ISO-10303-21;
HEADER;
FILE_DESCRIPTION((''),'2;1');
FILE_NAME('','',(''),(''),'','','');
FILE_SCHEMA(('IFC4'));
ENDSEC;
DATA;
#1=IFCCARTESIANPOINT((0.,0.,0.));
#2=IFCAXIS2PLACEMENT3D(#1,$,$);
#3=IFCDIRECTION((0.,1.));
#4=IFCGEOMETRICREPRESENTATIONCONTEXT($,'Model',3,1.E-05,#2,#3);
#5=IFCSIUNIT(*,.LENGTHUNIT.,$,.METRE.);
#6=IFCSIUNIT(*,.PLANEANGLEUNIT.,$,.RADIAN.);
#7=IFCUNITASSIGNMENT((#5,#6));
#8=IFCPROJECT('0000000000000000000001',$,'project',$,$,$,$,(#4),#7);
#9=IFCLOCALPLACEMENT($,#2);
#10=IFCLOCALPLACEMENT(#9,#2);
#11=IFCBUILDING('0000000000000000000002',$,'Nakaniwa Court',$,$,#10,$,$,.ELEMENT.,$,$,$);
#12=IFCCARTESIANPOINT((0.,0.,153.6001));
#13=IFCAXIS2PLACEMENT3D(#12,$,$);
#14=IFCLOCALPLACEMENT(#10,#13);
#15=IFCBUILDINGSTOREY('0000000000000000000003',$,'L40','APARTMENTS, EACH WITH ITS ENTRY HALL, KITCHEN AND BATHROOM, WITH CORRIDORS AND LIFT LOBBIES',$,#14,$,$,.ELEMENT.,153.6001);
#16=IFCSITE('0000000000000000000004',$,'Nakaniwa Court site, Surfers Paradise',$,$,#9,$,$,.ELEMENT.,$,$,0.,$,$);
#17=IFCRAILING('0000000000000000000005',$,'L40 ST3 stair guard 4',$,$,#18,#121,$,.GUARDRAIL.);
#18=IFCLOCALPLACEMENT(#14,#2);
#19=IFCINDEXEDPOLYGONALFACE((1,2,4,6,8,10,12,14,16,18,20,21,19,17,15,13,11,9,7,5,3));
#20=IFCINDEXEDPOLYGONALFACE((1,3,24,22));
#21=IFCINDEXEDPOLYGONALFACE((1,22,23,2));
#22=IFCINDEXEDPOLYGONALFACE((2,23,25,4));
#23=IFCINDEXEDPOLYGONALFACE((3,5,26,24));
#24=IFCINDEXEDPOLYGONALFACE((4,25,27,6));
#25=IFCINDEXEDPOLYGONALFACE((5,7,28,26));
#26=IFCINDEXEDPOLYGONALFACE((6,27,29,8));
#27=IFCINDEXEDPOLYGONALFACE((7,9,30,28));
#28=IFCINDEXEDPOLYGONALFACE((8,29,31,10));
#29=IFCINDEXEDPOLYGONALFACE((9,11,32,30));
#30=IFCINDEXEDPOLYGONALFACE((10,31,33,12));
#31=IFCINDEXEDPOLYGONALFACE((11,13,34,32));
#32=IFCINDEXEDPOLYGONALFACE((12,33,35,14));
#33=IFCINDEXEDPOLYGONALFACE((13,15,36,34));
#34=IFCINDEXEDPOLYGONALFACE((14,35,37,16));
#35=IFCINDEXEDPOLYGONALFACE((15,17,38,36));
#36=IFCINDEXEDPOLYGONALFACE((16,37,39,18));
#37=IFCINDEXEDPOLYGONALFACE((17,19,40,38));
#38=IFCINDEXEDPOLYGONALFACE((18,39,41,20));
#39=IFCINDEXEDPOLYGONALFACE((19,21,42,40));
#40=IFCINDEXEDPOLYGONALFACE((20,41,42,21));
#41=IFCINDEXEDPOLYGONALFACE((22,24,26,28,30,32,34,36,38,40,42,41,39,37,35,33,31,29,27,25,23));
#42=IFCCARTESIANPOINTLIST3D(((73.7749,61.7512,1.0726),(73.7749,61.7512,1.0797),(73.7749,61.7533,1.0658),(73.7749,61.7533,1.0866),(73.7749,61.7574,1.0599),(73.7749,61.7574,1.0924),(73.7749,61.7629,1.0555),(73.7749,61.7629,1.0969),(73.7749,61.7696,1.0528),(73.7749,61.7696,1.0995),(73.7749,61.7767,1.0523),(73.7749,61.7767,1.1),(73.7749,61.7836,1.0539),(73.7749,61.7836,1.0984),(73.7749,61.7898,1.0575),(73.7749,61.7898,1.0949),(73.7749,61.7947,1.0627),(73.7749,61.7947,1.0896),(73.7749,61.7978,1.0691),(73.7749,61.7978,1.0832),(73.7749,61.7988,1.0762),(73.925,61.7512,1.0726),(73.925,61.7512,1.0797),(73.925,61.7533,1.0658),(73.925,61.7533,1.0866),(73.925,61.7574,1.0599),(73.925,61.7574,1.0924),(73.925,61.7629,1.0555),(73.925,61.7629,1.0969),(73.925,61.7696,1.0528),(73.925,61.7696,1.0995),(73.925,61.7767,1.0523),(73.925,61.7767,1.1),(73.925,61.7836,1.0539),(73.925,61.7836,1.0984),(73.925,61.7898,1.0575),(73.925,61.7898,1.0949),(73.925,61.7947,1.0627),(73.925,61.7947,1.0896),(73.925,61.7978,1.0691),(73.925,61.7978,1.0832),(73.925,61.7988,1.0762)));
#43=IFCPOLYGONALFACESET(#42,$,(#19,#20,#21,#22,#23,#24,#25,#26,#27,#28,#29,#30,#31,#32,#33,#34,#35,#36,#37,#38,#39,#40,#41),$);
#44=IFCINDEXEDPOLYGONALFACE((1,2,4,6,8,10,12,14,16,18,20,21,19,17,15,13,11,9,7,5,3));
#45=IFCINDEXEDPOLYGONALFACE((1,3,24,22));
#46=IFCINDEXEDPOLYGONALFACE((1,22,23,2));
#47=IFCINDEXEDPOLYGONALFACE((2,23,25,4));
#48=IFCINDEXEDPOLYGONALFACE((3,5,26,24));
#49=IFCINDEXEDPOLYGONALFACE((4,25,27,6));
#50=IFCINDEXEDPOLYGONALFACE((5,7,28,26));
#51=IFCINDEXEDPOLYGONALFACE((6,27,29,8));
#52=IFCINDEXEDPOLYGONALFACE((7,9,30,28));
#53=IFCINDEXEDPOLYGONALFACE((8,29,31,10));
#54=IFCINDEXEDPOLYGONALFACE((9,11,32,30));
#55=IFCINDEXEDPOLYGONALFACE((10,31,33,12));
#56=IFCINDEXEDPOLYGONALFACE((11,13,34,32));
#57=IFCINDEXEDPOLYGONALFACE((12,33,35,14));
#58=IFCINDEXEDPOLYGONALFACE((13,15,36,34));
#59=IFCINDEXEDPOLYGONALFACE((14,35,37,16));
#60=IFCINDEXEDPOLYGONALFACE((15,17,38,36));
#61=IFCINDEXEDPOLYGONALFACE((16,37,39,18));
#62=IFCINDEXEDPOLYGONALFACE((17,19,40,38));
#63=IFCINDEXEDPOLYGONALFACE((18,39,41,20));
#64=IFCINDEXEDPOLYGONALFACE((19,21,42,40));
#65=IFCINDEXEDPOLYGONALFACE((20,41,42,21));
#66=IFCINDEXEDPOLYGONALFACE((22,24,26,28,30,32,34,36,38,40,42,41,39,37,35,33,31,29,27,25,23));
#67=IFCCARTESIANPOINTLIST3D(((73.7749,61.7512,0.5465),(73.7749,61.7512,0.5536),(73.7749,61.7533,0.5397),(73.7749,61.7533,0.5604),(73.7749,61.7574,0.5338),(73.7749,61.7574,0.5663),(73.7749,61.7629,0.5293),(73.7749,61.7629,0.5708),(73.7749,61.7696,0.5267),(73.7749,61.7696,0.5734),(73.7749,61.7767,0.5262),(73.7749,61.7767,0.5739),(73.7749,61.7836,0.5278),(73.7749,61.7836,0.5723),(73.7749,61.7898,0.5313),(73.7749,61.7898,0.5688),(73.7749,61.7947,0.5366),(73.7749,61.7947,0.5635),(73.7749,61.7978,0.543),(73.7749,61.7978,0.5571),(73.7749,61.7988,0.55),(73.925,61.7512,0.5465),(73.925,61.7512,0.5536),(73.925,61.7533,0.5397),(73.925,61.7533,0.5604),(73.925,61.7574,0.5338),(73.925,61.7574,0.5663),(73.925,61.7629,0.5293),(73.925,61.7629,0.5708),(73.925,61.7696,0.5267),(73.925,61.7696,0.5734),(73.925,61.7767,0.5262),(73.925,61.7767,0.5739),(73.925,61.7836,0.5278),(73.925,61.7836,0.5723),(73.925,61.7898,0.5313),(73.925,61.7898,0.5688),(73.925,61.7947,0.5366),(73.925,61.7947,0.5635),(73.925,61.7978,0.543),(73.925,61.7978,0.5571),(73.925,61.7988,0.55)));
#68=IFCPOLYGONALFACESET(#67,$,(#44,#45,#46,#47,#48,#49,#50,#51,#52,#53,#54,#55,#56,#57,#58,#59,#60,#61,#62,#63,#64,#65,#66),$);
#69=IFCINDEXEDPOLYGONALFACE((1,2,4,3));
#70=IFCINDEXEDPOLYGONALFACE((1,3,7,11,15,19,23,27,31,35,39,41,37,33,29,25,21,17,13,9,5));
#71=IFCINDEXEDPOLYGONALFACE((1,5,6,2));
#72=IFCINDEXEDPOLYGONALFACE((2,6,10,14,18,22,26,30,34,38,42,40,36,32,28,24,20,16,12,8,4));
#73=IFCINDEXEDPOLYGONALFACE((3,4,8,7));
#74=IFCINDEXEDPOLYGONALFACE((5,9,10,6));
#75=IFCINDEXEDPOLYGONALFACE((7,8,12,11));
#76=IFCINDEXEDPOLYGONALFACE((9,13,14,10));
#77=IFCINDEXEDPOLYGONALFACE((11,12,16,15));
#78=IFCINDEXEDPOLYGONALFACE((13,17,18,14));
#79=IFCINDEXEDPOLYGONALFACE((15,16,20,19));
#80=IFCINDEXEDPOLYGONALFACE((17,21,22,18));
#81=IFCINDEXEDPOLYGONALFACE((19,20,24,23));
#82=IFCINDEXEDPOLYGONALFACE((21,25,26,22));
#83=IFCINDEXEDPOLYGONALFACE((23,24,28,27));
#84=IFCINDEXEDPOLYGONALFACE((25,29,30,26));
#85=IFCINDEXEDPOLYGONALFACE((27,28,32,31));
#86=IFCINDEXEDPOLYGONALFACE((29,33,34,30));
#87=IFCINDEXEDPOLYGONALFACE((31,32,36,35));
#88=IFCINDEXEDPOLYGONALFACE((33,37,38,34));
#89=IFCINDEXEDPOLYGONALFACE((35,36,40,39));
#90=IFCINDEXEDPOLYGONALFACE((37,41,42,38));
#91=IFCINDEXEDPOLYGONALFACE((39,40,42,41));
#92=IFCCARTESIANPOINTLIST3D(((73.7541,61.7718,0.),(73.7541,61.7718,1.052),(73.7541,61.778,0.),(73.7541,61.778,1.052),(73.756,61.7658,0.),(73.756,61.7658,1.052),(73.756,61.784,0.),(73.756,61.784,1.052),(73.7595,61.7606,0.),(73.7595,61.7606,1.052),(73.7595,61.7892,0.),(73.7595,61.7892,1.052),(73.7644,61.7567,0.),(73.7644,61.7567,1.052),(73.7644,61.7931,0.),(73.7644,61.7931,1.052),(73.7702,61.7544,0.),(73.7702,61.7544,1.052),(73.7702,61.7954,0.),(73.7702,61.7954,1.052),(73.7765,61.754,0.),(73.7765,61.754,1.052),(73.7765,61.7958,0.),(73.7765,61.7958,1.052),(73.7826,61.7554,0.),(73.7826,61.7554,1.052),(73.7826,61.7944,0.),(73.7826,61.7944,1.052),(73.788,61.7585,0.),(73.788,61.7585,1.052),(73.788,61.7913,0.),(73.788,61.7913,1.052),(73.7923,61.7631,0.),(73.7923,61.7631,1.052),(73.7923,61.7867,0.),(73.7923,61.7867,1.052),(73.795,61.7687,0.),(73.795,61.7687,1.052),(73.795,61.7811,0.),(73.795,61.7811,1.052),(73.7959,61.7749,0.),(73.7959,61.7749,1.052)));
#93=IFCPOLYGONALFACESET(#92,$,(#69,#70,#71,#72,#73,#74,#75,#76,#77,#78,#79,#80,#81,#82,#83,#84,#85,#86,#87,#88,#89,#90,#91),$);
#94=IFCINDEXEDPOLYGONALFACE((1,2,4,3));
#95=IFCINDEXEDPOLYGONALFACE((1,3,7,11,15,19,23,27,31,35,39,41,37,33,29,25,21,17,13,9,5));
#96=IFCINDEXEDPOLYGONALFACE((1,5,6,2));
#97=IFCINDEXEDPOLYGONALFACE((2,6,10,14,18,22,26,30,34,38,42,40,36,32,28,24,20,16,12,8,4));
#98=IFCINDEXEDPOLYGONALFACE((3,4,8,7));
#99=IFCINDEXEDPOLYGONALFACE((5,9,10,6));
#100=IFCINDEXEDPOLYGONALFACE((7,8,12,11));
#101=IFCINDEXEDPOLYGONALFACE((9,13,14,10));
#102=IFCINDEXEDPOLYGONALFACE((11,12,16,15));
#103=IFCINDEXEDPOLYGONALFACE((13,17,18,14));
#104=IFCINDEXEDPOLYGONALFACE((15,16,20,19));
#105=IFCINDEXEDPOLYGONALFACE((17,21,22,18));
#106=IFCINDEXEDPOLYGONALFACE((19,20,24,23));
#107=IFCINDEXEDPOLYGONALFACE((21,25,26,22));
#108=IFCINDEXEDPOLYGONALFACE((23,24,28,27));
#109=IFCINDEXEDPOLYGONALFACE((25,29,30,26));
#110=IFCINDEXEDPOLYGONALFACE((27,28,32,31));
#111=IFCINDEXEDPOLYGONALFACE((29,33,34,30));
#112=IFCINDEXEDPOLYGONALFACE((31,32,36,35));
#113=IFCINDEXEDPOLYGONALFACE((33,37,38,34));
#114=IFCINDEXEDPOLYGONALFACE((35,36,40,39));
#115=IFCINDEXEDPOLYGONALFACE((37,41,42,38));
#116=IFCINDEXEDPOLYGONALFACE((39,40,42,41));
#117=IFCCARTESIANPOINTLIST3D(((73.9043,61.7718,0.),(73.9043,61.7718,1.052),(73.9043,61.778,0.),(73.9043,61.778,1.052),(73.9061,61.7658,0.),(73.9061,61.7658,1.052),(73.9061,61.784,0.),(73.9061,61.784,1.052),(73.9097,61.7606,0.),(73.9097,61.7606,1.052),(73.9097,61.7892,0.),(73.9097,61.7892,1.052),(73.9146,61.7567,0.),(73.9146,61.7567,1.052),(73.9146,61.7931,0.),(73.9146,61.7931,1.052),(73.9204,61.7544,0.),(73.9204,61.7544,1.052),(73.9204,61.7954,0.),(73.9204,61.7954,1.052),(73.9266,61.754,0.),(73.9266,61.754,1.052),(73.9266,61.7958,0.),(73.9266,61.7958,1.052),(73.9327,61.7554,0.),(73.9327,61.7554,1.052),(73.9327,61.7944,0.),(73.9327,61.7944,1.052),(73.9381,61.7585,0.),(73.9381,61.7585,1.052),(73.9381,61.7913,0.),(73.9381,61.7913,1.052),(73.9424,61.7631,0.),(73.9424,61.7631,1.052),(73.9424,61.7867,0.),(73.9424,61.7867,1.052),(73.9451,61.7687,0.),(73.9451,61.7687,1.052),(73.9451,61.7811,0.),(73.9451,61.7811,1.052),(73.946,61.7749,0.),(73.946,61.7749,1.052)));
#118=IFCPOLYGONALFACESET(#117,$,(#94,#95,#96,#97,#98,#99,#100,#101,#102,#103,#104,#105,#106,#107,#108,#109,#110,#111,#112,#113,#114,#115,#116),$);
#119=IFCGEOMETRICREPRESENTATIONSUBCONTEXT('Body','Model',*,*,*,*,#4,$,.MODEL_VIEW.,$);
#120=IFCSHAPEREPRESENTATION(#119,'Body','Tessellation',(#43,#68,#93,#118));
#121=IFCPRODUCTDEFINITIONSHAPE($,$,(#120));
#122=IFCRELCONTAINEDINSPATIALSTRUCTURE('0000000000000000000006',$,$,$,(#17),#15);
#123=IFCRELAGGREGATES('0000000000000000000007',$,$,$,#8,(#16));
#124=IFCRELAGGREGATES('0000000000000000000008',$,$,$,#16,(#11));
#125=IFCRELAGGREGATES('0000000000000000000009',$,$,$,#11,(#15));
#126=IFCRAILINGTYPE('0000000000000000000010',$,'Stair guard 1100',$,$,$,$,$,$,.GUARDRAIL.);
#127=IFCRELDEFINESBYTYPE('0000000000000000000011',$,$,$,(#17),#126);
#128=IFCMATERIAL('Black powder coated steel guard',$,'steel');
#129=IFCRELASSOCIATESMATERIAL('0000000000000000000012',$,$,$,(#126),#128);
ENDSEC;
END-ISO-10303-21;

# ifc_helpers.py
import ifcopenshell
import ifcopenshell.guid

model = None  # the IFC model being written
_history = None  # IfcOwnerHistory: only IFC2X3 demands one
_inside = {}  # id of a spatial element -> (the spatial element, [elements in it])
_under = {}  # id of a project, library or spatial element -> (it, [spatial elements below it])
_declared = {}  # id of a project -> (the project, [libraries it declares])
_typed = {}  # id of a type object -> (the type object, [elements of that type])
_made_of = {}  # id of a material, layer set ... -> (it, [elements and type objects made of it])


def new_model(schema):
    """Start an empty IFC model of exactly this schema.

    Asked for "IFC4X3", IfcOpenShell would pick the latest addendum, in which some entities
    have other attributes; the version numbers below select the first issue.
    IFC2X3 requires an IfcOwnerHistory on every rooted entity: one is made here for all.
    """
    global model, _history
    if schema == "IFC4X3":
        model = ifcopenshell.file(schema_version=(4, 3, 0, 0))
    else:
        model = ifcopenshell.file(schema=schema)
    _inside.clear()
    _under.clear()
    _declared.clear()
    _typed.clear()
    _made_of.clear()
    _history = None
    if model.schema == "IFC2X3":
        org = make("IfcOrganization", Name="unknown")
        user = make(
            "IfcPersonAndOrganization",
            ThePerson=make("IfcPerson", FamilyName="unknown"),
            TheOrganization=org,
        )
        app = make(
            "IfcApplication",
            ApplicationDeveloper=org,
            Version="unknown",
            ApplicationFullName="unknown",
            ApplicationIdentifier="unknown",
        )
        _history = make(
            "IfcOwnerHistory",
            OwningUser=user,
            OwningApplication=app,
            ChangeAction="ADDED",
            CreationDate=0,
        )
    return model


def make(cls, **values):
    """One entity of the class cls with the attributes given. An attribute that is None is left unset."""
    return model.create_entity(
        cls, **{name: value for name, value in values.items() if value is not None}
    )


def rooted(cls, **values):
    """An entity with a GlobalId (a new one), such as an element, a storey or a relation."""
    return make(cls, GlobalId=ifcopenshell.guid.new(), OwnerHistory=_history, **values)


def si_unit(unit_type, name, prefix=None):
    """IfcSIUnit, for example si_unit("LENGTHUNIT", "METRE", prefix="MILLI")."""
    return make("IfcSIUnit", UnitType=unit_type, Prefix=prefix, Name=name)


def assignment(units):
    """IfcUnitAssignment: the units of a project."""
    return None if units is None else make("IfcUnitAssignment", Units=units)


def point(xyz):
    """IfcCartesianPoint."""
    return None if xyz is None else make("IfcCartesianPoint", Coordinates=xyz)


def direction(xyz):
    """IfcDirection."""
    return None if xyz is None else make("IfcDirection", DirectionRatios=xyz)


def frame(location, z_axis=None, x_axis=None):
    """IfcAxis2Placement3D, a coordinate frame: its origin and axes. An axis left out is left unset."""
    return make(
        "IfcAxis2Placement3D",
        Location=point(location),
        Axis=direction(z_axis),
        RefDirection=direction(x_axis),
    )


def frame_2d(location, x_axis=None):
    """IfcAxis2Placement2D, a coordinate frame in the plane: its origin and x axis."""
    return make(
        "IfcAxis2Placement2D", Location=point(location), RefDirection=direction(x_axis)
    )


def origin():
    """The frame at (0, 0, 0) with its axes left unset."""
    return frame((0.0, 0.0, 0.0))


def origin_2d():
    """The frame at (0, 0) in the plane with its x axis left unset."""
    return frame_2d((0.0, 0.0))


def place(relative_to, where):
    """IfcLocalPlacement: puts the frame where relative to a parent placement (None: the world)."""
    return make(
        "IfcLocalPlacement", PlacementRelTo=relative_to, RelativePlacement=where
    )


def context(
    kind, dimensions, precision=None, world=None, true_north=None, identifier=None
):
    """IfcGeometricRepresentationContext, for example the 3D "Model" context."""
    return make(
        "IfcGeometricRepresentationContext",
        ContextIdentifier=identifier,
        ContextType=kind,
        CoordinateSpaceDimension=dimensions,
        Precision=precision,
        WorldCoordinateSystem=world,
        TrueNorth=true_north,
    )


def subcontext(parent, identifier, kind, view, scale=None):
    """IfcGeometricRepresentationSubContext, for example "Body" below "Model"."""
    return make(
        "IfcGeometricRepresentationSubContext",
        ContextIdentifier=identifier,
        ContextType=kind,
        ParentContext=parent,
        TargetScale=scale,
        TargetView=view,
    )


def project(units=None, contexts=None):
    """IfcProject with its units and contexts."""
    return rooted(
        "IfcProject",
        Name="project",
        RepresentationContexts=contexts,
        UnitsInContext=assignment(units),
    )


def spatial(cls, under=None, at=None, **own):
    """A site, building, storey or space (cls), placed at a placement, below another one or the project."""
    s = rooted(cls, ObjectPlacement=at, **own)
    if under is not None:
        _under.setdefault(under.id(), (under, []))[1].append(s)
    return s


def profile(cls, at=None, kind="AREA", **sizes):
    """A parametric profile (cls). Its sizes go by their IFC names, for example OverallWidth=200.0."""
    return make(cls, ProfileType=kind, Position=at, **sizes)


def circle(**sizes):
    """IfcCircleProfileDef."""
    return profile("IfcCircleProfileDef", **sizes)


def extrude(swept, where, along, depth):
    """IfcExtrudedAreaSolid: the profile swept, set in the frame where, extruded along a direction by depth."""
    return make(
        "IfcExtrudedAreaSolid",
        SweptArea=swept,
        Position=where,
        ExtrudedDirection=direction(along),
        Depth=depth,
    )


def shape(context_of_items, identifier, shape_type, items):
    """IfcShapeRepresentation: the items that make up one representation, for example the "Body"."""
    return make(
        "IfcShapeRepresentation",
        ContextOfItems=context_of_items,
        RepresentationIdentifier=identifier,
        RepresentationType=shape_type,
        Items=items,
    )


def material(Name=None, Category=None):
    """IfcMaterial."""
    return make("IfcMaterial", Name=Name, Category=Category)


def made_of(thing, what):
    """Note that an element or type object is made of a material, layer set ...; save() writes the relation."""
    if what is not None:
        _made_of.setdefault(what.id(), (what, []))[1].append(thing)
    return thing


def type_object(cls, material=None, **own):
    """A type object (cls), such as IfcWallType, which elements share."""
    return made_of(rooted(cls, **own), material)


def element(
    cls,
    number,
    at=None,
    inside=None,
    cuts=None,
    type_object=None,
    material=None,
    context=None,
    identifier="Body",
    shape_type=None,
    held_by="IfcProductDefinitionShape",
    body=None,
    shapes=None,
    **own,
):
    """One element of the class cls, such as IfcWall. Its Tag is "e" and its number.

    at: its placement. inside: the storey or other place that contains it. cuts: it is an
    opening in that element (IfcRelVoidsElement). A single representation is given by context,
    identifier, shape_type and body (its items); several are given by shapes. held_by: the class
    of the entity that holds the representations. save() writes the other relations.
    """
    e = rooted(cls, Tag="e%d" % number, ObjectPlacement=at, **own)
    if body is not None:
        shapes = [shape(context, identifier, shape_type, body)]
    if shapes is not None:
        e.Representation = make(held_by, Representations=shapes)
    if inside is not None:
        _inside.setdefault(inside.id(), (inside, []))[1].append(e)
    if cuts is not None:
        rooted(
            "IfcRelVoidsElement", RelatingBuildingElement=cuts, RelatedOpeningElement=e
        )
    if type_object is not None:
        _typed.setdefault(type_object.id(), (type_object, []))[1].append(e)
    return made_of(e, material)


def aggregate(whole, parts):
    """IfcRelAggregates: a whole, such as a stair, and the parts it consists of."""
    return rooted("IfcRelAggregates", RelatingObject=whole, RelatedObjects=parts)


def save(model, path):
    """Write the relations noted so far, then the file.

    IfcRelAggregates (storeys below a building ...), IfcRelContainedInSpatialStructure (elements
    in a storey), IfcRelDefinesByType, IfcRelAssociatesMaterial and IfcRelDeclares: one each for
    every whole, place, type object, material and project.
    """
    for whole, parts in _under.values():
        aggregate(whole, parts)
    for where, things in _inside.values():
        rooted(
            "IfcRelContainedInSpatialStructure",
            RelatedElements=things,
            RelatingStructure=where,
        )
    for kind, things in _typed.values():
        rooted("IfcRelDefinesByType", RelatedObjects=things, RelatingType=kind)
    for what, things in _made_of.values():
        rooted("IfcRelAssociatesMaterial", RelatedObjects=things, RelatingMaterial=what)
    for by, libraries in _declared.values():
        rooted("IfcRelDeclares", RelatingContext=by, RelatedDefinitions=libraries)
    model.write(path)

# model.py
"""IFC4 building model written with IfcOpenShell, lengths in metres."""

from ifc_helpers import new_model, si_unit, direction, frame, origin, origin_2d, place, context, subcontext, project, spatial, circle, extrude, material, type_object, element, save


model = new_model("IFC4")

# Units and contexts
model_context = context("Model", 3, precision=1e-05, world=origin(), true_north=direction((0.0, 1.0)))
body_context = subcontext(model_context, "Body", "Model", "MODEL_VIEW")
ifc_project = project(units=[si_unit("LENGTHUNIT", "METRE"), si_unit("PLANEANGLEUNIT", "RADIAN")], contexts=[model_context])

# Site, building, storey
site_placement = place(None, origin())
site = spatial("IfcSite", under=ifc_project, at=site_placement, Name="Nakaniwa Court site, Surfers Paradise", CompositionType="ELEMENT", RefElevation=0.0)
building_placement = place(site_placement, origin())
building = spatial("IfcBuilding", under=site, at=building_placement, Name="Nakaniwa Court", CompositionType="ELEMENT")
storey_placement = place(building_placement, frame((0.0, 0.0, 153.6001)))
storey = spatial("IfcBuildingStorey", under=building, at=storey_placement, Name="L40", Description="APARTMENTS, EACH WITH ITS ENTRY HALL, KITCHEN AND BATHROOM, WITH CORRIDORS AND LIFT LOBBIES", CompositionType="ELEMENT", Elevation=153.6001)

# Railing
ifc_material_1 = material(Name="Black powder coated steel guard", Category="steel")
railing_type_1 = type_object("IfcRailingType", Name="Stair guard 1100", PredefinedType="GUARDRAIL", material=ifc_material_1)
railing_1_placement = place(storey_placement, frame((73.7749, 61.7749, 0.0)))
element("IfcRailing", 1, at=railing_1_placement, inside=storey, type_object=railing_type_1, Name="L40 ST3 stair guard 4", PredefinedType="GUARDRAIL", context=body_context, shape_type="SweptSolid", body=[
    extrude(circle(Radius=0.0239, at=origin_2d()), frame((0.0, 0.0, 1.0762), z_axis=(1.0, 0.0, 0.0), x_axis=(0.0, 1.0, 0.0)), (0.0, 0.0, 1.0), 0.1501),
    extrude(circle(Radius=0.0239, at=origin_2d()), frame((0.0, 0.0, 0.55), z_axis=(1.0, 0.0, 0.0), x_axis=(0.0, 1.0, 0.0)), (0.0, 0.0, 1.0), 0.1501),
    extrude(circle(Radius=0.021, at=origin_2d()), origin(), (0.0, 0.0, 1.0), 1.052),
    extrude(circle(Radius=0.021, at=origin_2d()), frame((0.1501, 0.0, 0.0)), (0.0, 0.0, 1.0), 1.052),
])

save(model, "model.ifc")
